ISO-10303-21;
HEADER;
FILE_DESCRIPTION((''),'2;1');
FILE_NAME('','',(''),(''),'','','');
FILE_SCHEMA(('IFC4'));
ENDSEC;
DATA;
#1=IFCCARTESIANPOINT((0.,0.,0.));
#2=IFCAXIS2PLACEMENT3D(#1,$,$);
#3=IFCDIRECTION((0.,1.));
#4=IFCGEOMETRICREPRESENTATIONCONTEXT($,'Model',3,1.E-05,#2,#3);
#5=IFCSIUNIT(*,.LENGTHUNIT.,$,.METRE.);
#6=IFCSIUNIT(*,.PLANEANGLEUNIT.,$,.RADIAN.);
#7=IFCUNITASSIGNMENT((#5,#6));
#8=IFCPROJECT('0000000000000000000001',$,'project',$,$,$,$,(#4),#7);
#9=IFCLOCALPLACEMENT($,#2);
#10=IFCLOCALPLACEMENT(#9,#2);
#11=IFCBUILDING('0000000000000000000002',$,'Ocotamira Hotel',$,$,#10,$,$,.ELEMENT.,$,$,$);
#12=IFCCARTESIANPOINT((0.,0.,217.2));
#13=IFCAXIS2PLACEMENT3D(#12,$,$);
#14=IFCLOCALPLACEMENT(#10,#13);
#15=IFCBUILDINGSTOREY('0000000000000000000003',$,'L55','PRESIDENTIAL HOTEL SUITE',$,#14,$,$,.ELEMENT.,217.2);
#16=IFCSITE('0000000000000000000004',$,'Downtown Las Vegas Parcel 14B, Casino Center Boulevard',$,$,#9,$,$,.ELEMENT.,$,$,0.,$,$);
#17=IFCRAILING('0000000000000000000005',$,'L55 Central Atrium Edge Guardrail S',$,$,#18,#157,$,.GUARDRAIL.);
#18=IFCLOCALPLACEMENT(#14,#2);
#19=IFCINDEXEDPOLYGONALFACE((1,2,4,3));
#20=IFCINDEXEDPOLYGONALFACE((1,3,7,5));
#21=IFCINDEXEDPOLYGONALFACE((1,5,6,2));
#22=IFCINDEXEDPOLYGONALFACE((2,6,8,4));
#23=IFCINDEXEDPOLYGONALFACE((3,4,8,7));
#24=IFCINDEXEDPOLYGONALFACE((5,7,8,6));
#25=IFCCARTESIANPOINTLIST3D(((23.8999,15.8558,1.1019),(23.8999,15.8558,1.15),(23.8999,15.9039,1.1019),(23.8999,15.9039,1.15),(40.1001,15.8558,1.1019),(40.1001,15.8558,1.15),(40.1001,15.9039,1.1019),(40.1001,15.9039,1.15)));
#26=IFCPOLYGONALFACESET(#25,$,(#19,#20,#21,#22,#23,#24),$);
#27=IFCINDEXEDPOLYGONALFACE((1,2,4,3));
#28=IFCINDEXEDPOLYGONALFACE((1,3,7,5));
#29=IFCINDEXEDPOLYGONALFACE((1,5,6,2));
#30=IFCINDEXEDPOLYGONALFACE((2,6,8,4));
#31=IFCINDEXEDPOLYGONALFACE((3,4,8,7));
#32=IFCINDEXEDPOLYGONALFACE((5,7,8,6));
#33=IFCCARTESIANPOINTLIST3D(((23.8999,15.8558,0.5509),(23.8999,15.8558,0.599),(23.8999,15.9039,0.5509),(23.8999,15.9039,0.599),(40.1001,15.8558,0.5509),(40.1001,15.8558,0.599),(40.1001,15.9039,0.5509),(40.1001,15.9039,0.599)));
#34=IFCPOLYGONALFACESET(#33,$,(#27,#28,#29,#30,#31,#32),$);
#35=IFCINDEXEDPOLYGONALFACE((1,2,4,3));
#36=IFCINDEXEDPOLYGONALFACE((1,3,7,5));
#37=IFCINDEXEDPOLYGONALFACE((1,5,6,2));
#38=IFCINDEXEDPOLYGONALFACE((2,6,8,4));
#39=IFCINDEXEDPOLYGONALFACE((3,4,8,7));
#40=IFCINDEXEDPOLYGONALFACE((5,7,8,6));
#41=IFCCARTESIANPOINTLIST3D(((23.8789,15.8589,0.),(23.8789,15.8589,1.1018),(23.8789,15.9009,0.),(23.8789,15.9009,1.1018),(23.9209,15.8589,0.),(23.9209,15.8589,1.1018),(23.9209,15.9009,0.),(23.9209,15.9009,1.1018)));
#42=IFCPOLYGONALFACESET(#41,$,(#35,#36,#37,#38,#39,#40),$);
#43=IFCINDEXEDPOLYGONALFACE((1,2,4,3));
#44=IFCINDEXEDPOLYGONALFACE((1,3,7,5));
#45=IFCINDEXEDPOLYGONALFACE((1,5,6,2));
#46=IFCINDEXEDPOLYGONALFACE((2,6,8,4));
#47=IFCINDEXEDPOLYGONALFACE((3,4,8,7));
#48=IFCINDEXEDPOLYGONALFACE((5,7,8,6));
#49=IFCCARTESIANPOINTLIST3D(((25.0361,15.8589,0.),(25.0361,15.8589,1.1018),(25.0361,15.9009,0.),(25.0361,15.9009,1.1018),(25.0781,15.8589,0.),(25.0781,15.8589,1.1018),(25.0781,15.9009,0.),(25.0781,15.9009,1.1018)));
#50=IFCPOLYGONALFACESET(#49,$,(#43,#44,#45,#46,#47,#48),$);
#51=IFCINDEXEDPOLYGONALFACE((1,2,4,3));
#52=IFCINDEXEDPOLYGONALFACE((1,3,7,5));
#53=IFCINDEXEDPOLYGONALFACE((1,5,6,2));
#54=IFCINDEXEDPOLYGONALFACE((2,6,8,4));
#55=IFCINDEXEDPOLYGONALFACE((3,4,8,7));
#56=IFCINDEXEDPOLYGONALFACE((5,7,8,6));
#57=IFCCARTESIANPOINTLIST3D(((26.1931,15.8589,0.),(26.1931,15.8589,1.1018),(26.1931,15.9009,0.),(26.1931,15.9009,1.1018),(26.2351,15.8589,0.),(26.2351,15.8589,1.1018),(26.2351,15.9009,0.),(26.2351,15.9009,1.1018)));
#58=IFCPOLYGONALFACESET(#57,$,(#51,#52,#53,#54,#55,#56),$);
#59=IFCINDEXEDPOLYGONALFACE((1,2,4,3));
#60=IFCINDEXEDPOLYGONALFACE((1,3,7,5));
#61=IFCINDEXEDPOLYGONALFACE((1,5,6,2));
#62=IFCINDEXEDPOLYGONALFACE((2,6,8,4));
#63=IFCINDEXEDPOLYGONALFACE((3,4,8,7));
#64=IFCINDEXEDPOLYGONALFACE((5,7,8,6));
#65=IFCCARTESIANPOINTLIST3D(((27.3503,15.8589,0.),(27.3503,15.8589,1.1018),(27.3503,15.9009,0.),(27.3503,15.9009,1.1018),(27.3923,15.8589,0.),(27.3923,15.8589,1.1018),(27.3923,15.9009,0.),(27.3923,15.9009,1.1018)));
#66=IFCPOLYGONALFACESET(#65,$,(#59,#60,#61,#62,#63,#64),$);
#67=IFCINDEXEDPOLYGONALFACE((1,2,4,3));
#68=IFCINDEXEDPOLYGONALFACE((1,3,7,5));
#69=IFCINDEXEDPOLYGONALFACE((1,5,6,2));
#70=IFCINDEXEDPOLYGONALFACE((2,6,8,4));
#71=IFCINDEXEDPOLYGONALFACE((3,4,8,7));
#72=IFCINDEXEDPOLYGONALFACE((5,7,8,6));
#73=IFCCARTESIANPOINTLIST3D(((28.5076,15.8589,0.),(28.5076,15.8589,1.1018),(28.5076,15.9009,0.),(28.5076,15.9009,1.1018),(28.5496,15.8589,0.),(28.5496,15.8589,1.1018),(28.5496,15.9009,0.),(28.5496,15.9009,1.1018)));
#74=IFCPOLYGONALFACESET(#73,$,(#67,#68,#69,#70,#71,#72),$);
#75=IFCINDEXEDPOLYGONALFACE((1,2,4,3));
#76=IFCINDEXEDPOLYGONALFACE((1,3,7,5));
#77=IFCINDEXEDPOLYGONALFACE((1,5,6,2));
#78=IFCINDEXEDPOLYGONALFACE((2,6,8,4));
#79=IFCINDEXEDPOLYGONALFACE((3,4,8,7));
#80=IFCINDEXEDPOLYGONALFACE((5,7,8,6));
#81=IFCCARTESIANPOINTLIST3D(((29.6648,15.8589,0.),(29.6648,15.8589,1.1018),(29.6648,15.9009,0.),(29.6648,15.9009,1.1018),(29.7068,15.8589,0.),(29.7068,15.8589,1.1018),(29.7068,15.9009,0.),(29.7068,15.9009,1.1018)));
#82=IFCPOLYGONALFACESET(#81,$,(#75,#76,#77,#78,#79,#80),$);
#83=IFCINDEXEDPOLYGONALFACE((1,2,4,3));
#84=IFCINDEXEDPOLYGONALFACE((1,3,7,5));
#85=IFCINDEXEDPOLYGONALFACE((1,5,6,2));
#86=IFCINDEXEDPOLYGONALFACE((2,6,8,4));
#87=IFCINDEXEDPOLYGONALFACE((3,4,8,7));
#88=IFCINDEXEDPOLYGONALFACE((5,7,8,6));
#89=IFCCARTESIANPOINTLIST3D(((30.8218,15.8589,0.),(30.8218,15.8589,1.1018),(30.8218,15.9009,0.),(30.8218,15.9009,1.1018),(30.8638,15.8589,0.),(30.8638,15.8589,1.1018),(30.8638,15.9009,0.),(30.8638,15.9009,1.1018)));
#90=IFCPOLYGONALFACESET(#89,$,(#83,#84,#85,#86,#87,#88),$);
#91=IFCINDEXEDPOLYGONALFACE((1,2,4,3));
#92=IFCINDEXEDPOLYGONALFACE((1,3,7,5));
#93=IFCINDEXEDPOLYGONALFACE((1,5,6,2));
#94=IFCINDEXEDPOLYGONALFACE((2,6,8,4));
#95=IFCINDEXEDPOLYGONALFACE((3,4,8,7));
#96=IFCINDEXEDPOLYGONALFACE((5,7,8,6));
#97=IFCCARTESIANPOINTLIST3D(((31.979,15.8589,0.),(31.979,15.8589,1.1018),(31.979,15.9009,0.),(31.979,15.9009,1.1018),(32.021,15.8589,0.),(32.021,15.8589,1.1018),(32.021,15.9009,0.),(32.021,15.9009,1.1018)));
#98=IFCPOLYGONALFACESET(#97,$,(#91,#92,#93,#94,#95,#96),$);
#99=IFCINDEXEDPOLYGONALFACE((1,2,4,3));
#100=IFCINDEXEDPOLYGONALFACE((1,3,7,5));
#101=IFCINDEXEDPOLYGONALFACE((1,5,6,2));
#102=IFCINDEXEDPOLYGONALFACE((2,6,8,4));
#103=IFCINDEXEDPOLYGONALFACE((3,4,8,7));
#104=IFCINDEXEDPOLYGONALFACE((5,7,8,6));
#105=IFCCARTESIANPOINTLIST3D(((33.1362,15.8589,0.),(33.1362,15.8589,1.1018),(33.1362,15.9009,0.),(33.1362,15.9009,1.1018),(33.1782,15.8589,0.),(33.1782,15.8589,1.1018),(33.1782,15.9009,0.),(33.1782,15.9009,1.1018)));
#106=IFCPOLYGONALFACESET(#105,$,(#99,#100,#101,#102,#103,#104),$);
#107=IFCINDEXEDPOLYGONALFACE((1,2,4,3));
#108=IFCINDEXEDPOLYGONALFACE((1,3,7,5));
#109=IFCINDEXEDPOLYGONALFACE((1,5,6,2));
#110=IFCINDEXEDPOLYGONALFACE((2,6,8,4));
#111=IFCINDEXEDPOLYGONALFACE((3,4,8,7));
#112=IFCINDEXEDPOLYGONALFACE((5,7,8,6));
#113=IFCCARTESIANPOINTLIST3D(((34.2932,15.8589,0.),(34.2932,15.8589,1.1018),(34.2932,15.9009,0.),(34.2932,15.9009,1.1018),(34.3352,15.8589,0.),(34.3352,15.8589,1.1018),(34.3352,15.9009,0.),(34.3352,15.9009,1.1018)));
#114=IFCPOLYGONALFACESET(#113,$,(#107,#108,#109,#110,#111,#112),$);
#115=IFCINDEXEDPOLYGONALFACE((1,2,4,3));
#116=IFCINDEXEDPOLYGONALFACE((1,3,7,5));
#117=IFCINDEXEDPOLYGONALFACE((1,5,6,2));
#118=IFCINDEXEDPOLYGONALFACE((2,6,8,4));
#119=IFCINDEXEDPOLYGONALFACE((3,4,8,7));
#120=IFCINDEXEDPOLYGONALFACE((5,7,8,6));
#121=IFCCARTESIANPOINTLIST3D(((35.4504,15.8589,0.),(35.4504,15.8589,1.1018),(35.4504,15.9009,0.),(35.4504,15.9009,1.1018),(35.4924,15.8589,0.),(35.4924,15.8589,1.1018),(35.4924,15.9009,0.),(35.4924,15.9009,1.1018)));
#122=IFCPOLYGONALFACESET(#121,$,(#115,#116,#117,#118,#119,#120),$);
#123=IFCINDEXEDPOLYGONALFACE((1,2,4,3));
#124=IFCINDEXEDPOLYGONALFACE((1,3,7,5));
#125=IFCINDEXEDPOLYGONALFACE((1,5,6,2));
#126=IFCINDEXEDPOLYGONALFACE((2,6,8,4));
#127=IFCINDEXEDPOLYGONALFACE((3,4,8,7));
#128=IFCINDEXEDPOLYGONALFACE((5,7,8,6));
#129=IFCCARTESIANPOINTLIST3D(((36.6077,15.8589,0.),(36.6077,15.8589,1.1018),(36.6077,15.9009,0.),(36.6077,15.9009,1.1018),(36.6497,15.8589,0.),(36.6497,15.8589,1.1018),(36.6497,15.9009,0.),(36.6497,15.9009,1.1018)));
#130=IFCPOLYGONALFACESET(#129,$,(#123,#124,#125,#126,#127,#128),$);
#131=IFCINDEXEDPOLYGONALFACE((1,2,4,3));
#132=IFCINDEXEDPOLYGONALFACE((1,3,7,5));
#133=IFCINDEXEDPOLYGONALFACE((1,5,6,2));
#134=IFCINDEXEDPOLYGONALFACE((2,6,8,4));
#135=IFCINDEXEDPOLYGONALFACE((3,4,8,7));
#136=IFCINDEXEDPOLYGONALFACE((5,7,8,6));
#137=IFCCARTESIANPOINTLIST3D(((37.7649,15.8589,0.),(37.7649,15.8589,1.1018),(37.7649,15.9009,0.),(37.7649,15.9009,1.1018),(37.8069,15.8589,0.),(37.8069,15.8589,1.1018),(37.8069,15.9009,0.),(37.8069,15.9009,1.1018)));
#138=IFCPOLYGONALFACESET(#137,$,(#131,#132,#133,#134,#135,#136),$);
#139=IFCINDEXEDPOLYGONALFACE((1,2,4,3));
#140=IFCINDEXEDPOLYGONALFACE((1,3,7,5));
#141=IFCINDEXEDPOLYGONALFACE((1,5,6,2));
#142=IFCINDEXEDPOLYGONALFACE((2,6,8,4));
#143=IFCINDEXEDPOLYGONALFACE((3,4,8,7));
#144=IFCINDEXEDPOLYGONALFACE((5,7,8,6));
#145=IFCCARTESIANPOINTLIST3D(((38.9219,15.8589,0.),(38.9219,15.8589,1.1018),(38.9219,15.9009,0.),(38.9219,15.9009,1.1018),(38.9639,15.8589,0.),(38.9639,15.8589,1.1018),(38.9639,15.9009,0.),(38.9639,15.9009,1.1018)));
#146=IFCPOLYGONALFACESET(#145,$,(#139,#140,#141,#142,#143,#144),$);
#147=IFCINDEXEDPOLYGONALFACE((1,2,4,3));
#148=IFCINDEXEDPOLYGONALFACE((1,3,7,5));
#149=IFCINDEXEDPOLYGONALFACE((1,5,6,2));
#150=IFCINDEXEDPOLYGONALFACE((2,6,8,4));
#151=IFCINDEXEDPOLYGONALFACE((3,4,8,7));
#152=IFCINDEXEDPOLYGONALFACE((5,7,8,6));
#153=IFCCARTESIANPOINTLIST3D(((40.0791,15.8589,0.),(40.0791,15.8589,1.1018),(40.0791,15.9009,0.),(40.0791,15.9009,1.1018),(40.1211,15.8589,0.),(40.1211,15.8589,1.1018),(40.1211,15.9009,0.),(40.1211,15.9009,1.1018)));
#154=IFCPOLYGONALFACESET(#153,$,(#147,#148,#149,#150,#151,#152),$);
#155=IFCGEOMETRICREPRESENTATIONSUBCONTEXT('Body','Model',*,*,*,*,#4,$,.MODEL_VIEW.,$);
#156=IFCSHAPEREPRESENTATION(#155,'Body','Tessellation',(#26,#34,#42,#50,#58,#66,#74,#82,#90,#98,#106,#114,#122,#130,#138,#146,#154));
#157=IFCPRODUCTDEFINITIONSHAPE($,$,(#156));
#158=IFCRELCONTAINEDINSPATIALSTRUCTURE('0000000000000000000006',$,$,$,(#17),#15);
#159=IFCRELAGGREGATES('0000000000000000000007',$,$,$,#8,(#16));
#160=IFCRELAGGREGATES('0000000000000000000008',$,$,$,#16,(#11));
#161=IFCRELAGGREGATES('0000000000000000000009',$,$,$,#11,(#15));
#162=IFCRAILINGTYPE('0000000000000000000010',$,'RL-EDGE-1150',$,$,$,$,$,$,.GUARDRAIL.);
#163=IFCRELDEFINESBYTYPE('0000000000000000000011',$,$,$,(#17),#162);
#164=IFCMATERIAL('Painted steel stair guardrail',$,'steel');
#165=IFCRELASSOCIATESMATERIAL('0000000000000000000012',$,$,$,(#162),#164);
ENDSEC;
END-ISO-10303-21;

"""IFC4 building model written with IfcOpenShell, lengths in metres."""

from ifc_helpers import new_model, si_unit, direction, frame, origin, origin_2d, place, context, subcontext, project, spatial, rectangle, extrude, material, type_object, element, save


model = new_model("IFC4")

# Units and contexts
model_context = context("Model", 3, precision=1e-05, world=origin(), true_north=direction((0.0, 1.0)))
body_context = subcontext(model_context, "Body", "Model", "MODEL_VIEW")
ifc_project = project(units=[si_unit("LENGTHUNIT", "METRE"), si_unit("PLANEANGLEUNIT", "RADIAN")], contexts=[model_context])

# Site, building, storey
site_placement = place(None, origin())
site = spatial("IfcSite", under=ifc_project, at=site_placement, Name="Downtown Las Vegas Parcel 14B, Casino Center Boulevard", CompositionType="ELEMENT", RefElevation=0.0)
building_placement = place(site_placement, origin())
building = spatial("IfcBuilding", under=site, at=building_placement, Name="Ocotamira Hotel", CompositionType="ELEMENT")
storey_placement = place(building_placement, frame((0.0, 0.0, 217.2)))
storey = spatial("IfcBuildingStorey", under=building, at=storey_placement, Name="L55", Description="PRESIDENTIAL HOTEL SUITE", CompositionType="ELEMENT", Elevation=217.2)

# Railing
ifc_material_1 = material(Name="Painted steel stair guardrail", Category="steel")
railing_type = type_object("IfcRailingType", Name="RL-EDGE-1150", PredefinedType="GUARDRAIL", material=ifc_material_1)
railing_1_placement = place(storey_placement, frame((23.8999, 15.8799, 0.0)))
element("IfcRailing", 1, at=railing_1_placement, inside=storey, type_object=railing_type, Name="L55 Central Atrium Edge Guardrail S", PredefinedType="GUARDRAIL", context=body_context, shape_type="SweptSolid", body=[
    extrude(rectangle(XDim=0.0481, YDim=0.0481, at=origin_2d()), frame((0.0, 0.0, 1.126), z_axis=(1.0, 0.0, 0.0), x_axis=(0.0, 1.0, 0.0)), (0.0, 0.0, 1.0), 16.2002),
    extrude(rectangle(XDim=0.0481, YDim=0.0481, at=origin_2d()), frame((0.0, 0.0, 0.575), z_axis=(1.0, 0.0, 0.0), x_axis=(0.0, 1.0, 0.0)), (0.0, 0.0, 1.0), 16.2002),
    extrude(rectangle(XDim=0.042, YDim=0.042, at=origin_2d()), origin(), (0.0, 0.0, 1.0), 1.1018),
    extrude(rectangle(XDim=0.042, YDim=0.042, at=origin_2d()), frame((1.1572, 0.0, 0.0)), (0.0, 0.0, 1.0), 1.1018),
    extrude(rectangle(XDim=0.042, YDim=0.042, at=origin_2d()), frame((2.3142, 0.0, 0.0)), (0.0, 0.0, 1.0), 1.1018),
    extrude(rectangle(XDim=0.042, YDim=0.042, at=origin_2d()), frame((3.4714, 0.0, 0.0)), (0.0, 0.0, 1.0), 1.1018),
    extrude(rectangle(XDim=0.042, YDim=0.042, at=origin_2d()), frame((4.6287, 0.0, 0.0)), (0.0, 0.0, 1.0), 1.1018),
    extrude(rectangle(XDim=0.042, YDim=0.042, at=origin_2d()), frame((5.7859, 0.0, 0.0)), (0.0, 0.0, 1.0), 1.1018),
    extrude(rectangle(XDim=0.042, YDim=0.042, at=origin_2d()), frame((6.9429, 0.0, 0.0)), (0.0, 0.0, 1.0), 1.1018),
    extrude(rectangle(XDim=0.042, YDim=0.042, at=origin_2d()), frame((8.1001, 0.0, 0.0)), (0.0, 0.0, 1.0), 1.1018),
    extrude(rectangle(XDim=0.042, YDim=0.042, at=origin_2d()), frame((9.2573, 0.0, 0.0)), (0.0, 0.0, 1.0), 1.1018),
    extrude(rectangle(XDim=0.042, YDim=0.042, at=origin_2d()), frame((10.4143, 0.0, 0.0)), (0.0, 0.0, 1.0), 1.1018),
    extrude(rectangle(XDim=0.042, YDim=0.042, at=origin_2d()), frame((11.5715, 0.0, 0.0)), (0.0, 0.0, 1.0), 1.1018),
    extrude(rectangle(XDim=0.042, YDim=0.042, at=origin_2d()), frame((12.7288, 0.0, 0.0)), (0.0, 0.0, 1.0), 1.1018),
    extrude(rectangle(XDim=0.042, YDim=0.042, at=origin_2d()), frame((13.886, 0.0, 0.0)), (0.0, 0.0, 1.0), 1.1018),
    extrude(rectangle(XDim=0.042, YDim=0.042, at=origin_2d()), frame((15.043, 0.0, 0.0)), (0.0, 0.0, 1.0), 1.1018),
    extrude(rectangle(XDim=0.042, YDim=0.042, at=origin_2d()), frame((16.2002, 0.0, 0.0)), (0.0, 0.0, 1.0), 1.1018),
])

save(model, "model.ifc")
